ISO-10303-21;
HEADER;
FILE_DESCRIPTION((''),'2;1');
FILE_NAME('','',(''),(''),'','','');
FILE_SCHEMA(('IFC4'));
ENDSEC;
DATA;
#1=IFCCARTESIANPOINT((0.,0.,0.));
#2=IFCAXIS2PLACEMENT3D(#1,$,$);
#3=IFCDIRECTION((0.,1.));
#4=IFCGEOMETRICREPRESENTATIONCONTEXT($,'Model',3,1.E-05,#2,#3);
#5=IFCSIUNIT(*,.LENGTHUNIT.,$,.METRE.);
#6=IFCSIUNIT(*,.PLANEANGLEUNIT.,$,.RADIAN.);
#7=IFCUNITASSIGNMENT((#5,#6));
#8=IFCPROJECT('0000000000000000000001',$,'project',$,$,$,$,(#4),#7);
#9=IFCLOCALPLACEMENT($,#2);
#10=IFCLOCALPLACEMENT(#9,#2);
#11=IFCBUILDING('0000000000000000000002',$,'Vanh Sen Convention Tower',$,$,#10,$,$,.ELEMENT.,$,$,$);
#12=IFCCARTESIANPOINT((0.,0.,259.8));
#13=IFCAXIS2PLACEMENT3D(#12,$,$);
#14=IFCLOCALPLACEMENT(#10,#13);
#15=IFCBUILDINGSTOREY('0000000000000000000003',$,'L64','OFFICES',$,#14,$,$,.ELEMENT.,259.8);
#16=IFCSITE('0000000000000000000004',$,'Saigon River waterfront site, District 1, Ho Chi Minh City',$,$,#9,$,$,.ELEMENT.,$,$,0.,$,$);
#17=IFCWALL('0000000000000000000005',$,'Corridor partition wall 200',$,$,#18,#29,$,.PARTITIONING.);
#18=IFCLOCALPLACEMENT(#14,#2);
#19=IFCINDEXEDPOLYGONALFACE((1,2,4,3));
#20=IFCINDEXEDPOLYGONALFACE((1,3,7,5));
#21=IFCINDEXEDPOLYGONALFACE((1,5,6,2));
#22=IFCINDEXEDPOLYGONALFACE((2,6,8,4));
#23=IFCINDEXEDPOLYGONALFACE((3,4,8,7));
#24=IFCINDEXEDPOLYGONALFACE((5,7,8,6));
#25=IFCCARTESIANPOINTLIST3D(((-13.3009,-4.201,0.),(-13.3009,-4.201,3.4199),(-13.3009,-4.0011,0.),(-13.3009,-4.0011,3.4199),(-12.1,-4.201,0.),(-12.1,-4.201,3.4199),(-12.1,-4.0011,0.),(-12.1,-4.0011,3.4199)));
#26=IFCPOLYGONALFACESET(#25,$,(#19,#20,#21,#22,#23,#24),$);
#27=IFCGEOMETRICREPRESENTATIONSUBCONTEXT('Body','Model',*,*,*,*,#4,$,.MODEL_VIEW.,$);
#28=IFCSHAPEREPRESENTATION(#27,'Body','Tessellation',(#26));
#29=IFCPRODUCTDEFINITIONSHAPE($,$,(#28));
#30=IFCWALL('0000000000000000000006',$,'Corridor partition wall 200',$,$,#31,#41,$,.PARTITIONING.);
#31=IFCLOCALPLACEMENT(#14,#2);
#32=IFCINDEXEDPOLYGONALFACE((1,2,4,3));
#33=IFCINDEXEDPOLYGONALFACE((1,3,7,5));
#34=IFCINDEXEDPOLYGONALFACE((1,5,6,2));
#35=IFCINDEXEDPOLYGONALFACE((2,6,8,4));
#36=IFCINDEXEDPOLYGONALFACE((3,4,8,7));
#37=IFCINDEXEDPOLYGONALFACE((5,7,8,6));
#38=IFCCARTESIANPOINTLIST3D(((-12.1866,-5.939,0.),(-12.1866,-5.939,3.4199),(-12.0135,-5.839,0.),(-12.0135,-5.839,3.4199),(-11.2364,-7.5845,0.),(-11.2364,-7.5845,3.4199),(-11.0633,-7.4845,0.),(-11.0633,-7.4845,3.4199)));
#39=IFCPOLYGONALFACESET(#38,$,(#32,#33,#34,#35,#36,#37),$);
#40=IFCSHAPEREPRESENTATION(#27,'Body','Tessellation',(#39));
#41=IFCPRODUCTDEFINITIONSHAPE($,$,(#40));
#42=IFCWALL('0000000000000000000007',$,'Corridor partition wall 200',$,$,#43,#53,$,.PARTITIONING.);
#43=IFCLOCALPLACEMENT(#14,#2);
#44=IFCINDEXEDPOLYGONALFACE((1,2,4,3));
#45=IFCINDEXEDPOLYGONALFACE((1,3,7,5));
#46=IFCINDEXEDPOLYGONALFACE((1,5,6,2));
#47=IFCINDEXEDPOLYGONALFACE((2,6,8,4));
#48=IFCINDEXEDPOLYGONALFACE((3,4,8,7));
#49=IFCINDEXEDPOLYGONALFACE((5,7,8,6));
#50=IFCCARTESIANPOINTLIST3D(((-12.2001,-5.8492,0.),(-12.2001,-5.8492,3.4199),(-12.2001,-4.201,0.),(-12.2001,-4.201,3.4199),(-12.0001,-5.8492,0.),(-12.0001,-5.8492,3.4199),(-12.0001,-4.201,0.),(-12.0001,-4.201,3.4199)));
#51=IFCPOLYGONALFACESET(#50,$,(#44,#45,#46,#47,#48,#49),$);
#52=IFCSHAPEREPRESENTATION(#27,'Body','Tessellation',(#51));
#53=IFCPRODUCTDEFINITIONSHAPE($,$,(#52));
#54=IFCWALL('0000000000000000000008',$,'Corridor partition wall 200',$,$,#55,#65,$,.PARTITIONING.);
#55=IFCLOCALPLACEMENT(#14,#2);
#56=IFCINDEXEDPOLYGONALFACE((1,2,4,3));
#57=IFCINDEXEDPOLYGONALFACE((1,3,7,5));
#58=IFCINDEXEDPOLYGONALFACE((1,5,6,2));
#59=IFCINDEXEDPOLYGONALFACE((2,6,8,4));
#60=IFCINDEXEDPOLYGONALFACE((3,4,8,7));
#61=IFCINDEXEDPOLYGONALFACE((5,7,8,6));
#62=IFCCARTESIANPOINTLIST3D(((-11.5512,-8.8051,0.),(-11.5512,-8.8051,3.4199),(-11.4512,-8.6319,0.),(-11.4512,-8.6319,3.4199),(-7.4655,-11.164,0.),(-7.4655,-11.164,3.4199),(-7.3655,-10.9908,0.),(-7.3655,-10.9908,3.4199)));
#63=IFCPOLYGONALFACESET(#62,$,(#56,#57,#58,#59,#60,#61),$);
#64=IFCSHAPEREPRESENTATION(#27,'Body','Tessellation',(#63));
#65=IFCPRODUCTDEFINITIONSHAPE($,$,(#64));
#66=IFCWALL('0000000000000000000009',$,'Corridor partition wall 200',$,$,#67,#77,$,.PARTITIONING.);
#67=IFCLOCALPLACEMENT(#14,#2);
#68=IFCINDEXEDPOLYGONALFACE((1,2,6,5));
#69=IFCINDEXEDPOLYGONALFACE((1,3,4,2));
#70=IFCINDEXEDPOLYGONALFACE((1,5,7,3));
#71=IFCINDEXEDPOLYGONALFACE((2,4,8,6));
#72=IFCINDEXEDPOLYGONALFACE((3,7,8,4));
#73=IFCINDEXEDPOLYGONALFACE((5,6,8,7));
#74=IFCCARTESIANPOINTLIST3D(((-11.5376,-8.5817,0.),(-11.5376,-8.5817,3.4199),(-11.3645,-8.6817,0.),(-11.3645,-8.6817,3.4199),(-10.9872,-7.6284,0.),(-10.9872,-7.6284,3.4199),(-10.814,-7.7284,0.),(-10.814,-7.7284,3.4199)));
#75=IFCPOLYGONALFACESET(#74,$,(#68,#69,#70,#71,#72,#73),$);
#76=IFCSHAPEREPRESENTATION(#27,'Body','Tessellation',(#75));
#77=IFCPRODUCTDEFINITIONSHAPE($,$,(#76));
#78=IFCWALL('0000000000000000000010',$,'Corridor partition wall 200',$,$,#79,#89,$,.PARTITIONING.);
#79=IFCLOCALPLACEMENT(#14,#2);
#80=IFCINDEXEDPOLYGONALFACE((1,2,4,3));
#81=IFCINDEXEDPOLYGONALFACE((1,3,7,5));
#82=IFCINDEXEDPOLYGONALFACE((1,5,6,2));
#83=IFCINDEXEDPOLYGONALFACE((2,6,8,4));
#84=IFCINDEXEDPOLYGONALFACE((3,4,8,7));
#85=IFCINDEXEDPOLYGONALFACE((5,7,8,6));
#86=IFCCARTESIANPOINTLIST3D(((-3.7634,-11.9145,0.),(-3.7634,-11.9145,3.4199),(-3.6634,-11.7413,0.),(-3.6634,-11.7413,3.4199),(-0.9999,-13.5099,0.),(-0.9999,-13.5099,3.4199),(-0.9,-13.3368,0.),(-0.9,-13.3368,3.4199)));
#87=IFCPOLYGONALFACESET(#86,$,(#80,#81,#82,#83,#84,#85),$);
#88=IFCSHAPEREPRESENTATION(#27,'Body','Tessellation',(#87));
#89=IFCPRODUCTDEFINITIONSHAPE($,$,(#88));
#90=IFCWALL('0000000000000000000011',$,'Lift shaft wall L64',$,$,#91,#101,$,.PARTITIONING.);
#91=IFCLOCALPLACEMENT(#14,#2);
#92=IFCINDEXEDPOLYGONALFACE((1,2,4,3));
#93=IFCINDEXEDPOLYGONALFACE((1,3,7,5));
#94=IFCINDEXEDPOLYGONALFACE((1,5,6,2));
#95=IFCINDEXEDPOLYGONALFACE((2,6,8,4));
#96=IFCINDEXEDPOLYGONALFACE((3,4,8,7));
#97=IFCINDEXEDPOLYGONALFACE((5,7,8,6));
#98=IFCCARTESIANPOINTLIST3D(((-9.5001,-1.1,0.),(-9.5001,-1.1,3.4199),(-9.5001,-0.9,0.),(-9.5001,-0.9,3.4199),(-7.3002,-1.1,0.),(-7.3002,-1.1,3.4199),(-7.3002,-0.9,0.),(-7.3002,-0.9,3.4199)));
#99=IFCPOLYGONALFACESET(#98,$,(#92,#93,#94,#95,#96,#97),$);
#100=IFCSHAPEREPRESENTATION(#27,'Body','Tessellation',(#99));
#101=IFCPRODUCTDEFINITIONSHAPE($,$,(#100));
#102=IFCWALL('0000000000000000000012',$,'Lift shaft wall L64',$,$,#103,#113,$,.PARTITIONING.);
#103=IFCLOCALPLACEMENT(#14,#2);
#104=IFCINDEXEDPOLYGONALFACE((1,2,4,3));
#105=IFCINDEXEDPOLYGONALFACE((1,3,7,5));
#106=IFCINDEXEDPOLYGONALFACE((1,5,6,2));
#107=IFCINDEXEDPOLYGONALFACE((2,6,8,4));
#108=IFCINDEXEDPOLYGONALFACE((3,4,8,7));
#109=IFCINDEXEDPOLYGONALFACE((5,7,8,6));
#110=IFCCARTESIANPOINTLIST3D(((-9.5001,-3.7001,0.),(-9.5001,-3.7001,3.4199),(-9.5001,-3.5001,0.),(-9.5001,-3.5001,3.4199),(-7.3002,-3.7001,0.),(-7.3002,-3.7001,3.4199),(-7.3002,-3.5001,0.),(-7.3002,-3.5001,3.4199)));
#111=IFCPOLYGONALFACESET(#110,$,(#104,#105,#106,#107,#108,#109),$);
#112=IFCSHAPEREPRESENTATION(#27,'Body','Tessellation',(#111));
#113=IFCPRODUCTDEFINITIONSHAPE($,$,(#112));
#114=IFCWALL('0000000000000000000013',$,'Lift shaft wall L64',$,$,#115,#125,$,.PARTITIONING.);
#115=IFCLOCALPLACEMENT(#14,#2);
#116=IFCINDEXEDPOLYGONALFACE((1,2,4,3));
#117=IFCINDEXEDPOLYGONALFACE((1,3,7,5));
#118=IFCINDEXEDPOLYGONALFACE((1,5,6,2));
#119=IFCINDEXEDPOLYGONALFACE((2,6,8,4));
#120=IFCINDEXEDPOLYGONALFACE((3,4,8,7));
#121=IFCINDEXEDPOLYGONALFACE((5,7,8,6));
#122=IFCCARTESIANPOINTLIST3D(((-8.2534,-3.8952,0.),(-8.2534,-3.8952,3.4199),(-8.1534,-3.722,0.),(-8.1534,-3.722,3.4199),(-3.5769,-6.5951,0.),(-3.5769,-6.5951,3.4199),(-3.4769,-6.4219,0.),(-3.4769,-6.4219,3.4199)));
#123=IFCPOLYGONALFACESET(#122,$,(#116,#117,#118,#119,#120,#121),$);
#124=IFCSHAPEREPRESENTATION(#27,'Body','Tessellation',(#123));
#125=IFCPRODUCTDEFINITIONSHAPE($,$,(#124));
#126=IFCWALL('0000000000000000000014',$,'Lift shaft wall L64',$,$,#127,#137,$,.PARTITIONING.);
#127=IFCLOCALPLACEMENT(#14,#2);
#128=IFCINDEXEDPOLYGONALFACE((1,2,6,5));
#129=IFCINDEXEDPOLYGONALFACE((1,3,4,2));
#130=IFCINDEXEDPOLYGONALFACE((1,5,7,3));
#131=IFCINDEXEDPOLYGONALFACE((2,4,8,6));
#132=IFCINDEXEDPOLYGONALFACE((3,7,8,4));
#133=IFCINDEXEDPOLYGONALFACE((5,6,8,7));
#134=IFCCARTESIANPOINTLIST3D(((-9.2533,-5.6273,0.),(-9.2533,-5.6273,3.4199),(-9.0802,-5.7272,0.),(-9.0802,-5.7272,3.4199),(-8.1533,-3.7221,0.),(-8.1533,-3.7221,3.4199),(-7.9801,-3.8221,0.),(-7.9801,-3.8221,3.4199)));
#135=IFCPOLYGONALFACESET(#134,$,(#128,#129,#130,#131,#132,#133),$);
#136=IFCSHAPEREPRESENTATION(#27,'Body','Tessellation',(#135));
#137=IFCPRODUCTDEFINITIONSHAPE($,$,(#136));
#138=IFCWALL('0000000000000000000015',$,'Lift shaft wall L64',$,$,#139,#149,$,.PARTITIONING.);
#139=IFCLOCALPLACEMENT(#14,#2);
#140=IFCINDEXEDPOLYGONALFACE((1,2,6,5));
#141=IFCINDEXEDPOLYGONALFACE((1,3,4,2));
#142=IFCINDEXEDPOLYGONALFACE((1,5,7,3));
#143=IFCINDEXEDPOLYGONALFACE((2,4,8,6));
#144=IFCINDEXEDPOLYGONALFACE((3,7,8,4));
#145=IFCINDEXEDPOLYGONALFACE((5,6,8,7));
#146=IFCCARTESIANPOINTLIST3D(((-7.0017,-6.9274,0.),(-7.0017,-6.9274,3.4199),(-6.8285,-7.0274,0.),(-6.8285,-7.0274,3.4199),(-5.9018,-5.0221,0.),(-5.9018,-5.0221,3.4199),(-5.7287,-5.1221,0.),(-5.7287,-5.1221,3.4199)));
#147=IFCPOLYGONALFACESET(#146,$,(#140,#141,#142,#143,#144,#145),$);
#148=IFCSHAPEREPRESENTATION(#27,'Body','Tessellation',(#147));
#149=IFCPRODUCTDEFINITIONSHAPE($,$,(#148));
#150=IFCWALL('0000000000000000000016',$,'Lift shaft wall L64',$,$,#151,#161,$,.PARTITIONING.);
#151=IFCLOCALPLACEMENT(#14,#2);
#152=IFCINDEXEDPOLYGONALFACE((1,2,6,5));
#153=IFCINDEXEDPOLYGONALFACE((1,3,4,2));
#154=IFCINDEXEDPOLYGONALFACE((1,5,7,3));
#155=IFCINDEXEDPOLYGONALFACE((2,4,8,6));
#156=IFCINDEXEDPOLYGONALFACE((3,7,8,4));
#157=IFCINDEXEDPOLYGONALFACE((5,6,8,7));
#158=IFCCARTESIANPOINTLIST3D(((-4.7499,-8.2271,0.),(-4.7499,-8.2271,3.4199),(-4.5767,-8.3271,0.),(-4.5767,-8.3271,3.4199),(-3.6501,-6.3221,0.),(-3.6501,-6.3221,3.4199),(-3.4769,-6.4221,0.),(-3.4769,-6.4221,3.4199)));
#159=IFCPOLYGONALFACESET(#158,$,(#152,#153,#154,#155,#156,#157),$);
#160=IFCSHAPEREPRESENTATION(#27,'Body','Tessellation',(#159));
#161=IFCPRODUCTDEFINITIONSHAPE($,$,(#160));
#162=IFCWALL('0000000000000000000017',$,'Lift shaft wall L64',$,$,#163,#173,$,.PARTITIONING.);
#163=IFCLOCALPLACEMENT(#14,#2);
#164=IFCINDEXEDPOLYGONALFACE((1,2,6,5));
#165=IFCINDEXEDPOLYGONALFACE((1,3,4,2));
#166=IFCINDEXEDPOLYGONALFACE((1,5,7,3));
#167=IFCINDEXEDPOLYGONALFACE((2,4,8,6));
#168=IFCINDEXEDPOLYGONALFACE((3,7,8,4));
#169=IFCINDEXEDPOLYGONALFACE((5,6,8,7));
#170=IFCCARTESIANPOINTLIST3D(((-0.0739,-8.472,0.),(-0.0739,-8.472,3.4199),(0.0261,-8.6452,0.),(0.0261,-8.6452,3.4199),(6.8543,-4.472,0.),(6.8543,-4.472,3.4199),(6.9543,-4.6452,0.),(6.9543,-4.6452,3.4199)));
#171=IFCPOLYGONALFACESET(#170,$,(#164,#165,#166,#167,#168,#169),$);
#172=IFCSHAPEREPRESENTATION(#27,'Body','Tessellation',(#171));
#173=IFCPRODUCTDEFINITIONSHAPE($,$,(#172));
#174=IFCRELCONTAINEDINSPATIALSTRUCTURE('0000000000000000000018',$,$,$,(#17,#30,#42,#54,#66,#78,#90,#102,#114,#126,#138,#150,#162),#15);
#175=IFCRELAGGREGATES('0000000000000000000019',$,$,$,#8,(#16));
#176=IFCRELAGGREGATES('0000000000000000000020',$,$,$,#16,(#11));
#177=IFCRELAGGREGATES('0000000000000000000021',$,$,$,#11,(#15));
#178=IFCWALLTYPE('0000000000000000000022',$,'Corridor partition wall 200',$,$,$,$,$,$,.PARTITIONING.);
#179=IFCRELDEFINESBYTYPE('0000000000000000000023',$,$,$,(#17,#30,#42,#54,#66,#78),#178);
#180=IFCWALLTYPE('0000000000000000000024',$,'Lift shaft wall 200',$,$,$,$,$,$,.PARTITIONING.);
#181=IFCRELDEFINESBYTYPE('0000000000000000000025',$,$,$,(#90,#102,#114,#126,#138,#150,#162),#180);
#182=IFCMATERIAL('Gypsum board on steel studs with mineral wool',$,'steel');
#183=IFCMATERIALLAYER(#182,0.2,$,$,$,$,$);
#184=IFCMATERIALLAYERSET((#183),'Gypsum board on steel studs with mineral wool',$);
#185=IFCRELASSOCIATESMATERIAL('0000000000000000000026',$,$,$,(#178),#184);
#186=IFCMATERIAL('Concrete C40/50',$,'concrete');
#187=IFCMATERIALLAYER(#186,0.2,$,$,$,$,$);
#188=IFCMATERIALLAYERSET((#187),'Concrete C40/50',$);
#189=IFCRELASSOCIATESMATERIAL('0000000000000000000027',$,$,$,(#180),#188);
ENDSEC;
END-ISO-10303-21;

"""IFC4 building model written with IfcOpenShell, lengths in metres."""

from ifc_helpers import new_model, si_unit, direction, frame, frame_2d, origin, place, context, subcontext, project, spatial, rectangle, extrude, material, layer, layer_set, type_object, element, save


model = new_model("IFC4")

# Units and contexts
model_context = context("Model", 3, precision=1e-05, world=origin(), true_north=direction((0.0, 1.0)))
body_context = subcontext(model_context, "Body", "Model", "MODEL_VIEW")
ifc_project = project(units=[si_unit("LENGTHUNIT", "METRE"), si_unit("PLANEANGLEUNIT", "RADIAN")], contexts=[model_context])

# Site, building, storey
site_placement = place(None, origin())
site = spatial("IfcSite", under=ifc_project, at=site_placement, Name="Saigon River waterfront site, District 1, Ho Chi Minh City", CompositionType="ELEMENT", RefElevation=0.0)
building_placement = place(site_placement, origin())
building = spatial("IfcBuilding", under=site, at=building_placement, Name="Vanh Sen Convention Tower", CompositionType="ELEMENT")
storey_placement = place(building_placement, frame((0.0, 0.0, 259.8)))
storey = spatial("IfcBuildingStorey", under=building, at=storey_placement, Name="L64", Description="OFFICES", CompositionType="ELEMENT", Elevation=259.8)

# Walls
ifc_material_1 = material(Name="Gypsum board on steel studs with mineral wool", Category="steel")
ifc_layer_1 = layer(ifc_material_1, 0.2)
ifc_layer_set_1 = layer_set([ifc_layer_1], Name="Gypsum board on steel studs with mineral wool")
wall_type_1 = type_object("IfcWallType", Name="Corridor partition wall 200", PredefinedType="PARTITIONING", material=ifc_layer_set_1)
wall_1_placement = place(storey_placement, frame((-13.301, -4.1011, 0.0), z_axis=(0.0, 0.0, 1.0), x_axis=(1.0, 0.0, 0.0)))
element("IfcWall", 1, at=wall_1_placement, inside=storey, type_object=wall_type_1, Name="Corridor partition wall 200", PredefinedType="PARTITIONING", context=body_context, shape_type="SweptSolid", body=[
    extrude(rectangle(XDim=1.2009, YDim=0.2, at=frame_2d((0.6006, 0.0))), origin(), (0.0, 0.0, 1.0), 3.4199),
])
wall_2_placement = place(storey_placement, frame((-12.1001, -5.8889, 0.0), z_axis=(0.0, 0.0, 1.0), x_axis=(0.500064, -0.865989, 0.0)))
element("IfcWall", 2, at=wall_2_placement, inside=storey, type_object=wall_type_1, Name="Corridor partition wall 200", PredefinedType="PARTITIONING", context=body_context, shape_type="SweptSolid", body=[
    extrude(rectangle(XDim=1.9001, YDim=0.2, at=frame_2d((0.9502, 0.0))), origin(), (0.0, 0.0, 1.0), 3.4199),
])
wall_3_placement = place(storey_placement, frame((-12.1001, -4.2009, 0.0), z_axis=(0.0, 0.0, 1.0), x_axis=(0.0, -1.0, 0.0)))
element("IfcWall", 3, at=wall_3_placement, inside=storey, type_object=wall_type_1, Name="Corridor partition wall 200", PredefinedType="PARTITIONING", context=body_context, shape_type="SweptSolid", body=[
    extrude(rectangle(XDim=1.6482, YDim=0.2, at=frame_2d((0.8242, 0.0))), origin(), (0.0, 0.0, 1.0), 3.4199),
])
wall_4_placement = place(storey_placement, frame((-11.5012, -8.7185, 0.0), z_axis=(0.0, 0.0, 1.0), x_axis=(0.866024, -0.500002, 0.0)))
element("IfcWall", 4, at=wall_4_placement, inside=storey, type_object=wall_type_1, Name="Corridor partition wall 200", PredefinedType="PARTITIONING", context=body_context, shape_type="SweptSolid", body=[
    extrude(rectangle(XDim=4.7178, YDim=0.2, at=frame_2d((2.3589, 0.0))), origin(), (0.0, 0.0, 1.0), 3.4199),
])
wall_5_placement = place(storey_placement, frame((-10.9006, -7.6785, 0.0), z_axis=(0.0, 0.0, 1.0), x_axis=(-0.500074, -0.865982, 0.0)))
element("IfcWall", 5, at=wall_5_placement, inside=storey, type_object=wall_type_1, Name="Corridor partition wall 200", PredefinedType="PARTITIONING", context=body_context, shape_type="SweptSolid", body=[
    extrude(rectangle(XDim=1.1008, YDim=0.2, at=frame_2d((0.5503, 0.0))), origin(), (0.0, 0.0, 1.0), 3.4199),
])
wall_6_placement = place(storey_placement, frame((-3.7134, -11.8279, 0.0), z_axis=(0.0, 0.0, 1.0), x_axis=(0.866026, -0.499998, 0.0)))
element("IfcWall", 6, at=wall_6_placement, inside=storey, type_object=wall_type_1, Name="Corridor partition wall 200", PredefinedType="PARTITIONING", context=body_context, shape_type="SweptSolid", body=[
    extrude(rectangle(XDim=3.1909, YDim=0.2, at=frame_2d((1.5955, 0.0))), origin(), (0.0, 0.0, 1.0), 3.4199),
])
ifc_material_2 = material(Name="Concrete C40/50", Category="concrete")
ifc_layer_2 = layer(ifc_material_2, 0.2)
ifc_layer_set_2 = layer_set([ifc_layer_2], Name="Concrete C40/50")
wall_type_2 = type_object("IfcWallType", Name="Lift shaft wall 200", PredefinedType="PARTITIONING", material=ifc_layer_set_2)
for number, where, z_axis, x_axis, name in (
    (7, (-7.3, -1.0, 0.0), (0.0, 0.0, 1.0), (-1.0, 0.0, 0.0), "Lift shaft wall L64"),
    (8, (-7.3, -3.6001, 0.0), (0.0, 0.0, 1.0), (-1.0, 0.0, 0.0), "Lift shaft wall L64"),
):
    element("IfcWall", number, at=place(storey_placement, frame(where, z_axis=z_axis, x_axis=x_axis)), inside=storey, type_object=wall_type_2, Name=name, PredefinedType="PARTITIONING", context=body_context, shape_type="SweptSolid", body=[
        extrude(rectangle(XDim=2.2, YDim=0.2, at=frame_2d((1.1001, 0.0))), origin(), (0.0, 0.0, 1.0), 3.4199),
    ])
wall_7_placement = place(storey_placement, frame((-8.2034, -3.8086, 0.0), z_axis=(0.0, 0.0, 1.0), x_axis=(0.866028, -0.499995, 0.0)))
element("IfcWall", 9, at=wall_7_placement, inside=storey, type_object=wall_type_2, Name="Lift shaft wall L64", PredefinedType="PARTITIONING", context=body_context, shape_type="SweptSolid", body=[
    extrude(rectangle(XDim=5.3999, YDim=0.2, at=frame_2d((2.7, 0.0))), origin(), (0.0, 0.0, 1.0), 3.4199),
])
for number, where, z_axis, x_axis, name in (
    (10, (-8.0667, -3.772, 0.0), (0.0, 0.0, 1.0), (-0.50003, -0.866008, 0.0), "Lift shaft wall L64"),
    (11, (-5.8152, -5.072, 0.0), (0.0, 0.0, 1.0), (-0.499947, -0.866056, 0.0), "Lift shaft wall L64"),
):
    element("IfcWall", number, at=place(storey_placement, frame(where, z_axis=z_axis, x_axis=x_axis)), inside=storey, type_object=wall_type_2, Name=name, PredefinedType="PARTITIONING", context=body_context, shape_type="SweptSolid", body=[
        extrude(rectangle(XDim=2.2, YDim=0.2, at=frame_2d((1.1001, 0.0))), origin(), (0.0, 0.0, 1.0), 3.4199),
    ])
wall_8_placement = place(storey_placement, frame((-3.5635, -6.3721, 0.0), z_axis=(0.0, 0.0, 1.0), x_axis=(-0.499995, -0.866028, 0.0)))
element("IfcWall", 12, at=wall_8_placement, inside=storey, type_object=wall_type_2, Name="Lift shaft wall L64", PredefinedType="PARTITIONING", context=body_context, shape_type="SweptSolid", body=[
    extrude(rectangle(XDim=2.1997, YDim=0.2, at=frame_2d((1.0999, 0.0))), origin(), (0.0, 0.0, 1.0), 3.4199),
])
wall_9_placement = place(storey_placement, frame((-0.0239, -8.5586, 0.0), z_axis=(0.0, 0.0, 1.0), x_axis=(0.866026, 0.499999, 0.0)))
element("IfcWall", 13, at=wall_9_placement, inside=storey, type_object=wall_type_2, Name="Lift shaft wall L64", PredefinedType="PARTITIONING", context=body_context, shape_type="SweptSolid", body=[
    extrude(rectangle(XDim=8.0, YDim=0.2, at=frame_2d((4.0, 0.0))), origin(), (0.0, 0.0, 1.0), 3.4199),
])

save(model, "model.ifc")
